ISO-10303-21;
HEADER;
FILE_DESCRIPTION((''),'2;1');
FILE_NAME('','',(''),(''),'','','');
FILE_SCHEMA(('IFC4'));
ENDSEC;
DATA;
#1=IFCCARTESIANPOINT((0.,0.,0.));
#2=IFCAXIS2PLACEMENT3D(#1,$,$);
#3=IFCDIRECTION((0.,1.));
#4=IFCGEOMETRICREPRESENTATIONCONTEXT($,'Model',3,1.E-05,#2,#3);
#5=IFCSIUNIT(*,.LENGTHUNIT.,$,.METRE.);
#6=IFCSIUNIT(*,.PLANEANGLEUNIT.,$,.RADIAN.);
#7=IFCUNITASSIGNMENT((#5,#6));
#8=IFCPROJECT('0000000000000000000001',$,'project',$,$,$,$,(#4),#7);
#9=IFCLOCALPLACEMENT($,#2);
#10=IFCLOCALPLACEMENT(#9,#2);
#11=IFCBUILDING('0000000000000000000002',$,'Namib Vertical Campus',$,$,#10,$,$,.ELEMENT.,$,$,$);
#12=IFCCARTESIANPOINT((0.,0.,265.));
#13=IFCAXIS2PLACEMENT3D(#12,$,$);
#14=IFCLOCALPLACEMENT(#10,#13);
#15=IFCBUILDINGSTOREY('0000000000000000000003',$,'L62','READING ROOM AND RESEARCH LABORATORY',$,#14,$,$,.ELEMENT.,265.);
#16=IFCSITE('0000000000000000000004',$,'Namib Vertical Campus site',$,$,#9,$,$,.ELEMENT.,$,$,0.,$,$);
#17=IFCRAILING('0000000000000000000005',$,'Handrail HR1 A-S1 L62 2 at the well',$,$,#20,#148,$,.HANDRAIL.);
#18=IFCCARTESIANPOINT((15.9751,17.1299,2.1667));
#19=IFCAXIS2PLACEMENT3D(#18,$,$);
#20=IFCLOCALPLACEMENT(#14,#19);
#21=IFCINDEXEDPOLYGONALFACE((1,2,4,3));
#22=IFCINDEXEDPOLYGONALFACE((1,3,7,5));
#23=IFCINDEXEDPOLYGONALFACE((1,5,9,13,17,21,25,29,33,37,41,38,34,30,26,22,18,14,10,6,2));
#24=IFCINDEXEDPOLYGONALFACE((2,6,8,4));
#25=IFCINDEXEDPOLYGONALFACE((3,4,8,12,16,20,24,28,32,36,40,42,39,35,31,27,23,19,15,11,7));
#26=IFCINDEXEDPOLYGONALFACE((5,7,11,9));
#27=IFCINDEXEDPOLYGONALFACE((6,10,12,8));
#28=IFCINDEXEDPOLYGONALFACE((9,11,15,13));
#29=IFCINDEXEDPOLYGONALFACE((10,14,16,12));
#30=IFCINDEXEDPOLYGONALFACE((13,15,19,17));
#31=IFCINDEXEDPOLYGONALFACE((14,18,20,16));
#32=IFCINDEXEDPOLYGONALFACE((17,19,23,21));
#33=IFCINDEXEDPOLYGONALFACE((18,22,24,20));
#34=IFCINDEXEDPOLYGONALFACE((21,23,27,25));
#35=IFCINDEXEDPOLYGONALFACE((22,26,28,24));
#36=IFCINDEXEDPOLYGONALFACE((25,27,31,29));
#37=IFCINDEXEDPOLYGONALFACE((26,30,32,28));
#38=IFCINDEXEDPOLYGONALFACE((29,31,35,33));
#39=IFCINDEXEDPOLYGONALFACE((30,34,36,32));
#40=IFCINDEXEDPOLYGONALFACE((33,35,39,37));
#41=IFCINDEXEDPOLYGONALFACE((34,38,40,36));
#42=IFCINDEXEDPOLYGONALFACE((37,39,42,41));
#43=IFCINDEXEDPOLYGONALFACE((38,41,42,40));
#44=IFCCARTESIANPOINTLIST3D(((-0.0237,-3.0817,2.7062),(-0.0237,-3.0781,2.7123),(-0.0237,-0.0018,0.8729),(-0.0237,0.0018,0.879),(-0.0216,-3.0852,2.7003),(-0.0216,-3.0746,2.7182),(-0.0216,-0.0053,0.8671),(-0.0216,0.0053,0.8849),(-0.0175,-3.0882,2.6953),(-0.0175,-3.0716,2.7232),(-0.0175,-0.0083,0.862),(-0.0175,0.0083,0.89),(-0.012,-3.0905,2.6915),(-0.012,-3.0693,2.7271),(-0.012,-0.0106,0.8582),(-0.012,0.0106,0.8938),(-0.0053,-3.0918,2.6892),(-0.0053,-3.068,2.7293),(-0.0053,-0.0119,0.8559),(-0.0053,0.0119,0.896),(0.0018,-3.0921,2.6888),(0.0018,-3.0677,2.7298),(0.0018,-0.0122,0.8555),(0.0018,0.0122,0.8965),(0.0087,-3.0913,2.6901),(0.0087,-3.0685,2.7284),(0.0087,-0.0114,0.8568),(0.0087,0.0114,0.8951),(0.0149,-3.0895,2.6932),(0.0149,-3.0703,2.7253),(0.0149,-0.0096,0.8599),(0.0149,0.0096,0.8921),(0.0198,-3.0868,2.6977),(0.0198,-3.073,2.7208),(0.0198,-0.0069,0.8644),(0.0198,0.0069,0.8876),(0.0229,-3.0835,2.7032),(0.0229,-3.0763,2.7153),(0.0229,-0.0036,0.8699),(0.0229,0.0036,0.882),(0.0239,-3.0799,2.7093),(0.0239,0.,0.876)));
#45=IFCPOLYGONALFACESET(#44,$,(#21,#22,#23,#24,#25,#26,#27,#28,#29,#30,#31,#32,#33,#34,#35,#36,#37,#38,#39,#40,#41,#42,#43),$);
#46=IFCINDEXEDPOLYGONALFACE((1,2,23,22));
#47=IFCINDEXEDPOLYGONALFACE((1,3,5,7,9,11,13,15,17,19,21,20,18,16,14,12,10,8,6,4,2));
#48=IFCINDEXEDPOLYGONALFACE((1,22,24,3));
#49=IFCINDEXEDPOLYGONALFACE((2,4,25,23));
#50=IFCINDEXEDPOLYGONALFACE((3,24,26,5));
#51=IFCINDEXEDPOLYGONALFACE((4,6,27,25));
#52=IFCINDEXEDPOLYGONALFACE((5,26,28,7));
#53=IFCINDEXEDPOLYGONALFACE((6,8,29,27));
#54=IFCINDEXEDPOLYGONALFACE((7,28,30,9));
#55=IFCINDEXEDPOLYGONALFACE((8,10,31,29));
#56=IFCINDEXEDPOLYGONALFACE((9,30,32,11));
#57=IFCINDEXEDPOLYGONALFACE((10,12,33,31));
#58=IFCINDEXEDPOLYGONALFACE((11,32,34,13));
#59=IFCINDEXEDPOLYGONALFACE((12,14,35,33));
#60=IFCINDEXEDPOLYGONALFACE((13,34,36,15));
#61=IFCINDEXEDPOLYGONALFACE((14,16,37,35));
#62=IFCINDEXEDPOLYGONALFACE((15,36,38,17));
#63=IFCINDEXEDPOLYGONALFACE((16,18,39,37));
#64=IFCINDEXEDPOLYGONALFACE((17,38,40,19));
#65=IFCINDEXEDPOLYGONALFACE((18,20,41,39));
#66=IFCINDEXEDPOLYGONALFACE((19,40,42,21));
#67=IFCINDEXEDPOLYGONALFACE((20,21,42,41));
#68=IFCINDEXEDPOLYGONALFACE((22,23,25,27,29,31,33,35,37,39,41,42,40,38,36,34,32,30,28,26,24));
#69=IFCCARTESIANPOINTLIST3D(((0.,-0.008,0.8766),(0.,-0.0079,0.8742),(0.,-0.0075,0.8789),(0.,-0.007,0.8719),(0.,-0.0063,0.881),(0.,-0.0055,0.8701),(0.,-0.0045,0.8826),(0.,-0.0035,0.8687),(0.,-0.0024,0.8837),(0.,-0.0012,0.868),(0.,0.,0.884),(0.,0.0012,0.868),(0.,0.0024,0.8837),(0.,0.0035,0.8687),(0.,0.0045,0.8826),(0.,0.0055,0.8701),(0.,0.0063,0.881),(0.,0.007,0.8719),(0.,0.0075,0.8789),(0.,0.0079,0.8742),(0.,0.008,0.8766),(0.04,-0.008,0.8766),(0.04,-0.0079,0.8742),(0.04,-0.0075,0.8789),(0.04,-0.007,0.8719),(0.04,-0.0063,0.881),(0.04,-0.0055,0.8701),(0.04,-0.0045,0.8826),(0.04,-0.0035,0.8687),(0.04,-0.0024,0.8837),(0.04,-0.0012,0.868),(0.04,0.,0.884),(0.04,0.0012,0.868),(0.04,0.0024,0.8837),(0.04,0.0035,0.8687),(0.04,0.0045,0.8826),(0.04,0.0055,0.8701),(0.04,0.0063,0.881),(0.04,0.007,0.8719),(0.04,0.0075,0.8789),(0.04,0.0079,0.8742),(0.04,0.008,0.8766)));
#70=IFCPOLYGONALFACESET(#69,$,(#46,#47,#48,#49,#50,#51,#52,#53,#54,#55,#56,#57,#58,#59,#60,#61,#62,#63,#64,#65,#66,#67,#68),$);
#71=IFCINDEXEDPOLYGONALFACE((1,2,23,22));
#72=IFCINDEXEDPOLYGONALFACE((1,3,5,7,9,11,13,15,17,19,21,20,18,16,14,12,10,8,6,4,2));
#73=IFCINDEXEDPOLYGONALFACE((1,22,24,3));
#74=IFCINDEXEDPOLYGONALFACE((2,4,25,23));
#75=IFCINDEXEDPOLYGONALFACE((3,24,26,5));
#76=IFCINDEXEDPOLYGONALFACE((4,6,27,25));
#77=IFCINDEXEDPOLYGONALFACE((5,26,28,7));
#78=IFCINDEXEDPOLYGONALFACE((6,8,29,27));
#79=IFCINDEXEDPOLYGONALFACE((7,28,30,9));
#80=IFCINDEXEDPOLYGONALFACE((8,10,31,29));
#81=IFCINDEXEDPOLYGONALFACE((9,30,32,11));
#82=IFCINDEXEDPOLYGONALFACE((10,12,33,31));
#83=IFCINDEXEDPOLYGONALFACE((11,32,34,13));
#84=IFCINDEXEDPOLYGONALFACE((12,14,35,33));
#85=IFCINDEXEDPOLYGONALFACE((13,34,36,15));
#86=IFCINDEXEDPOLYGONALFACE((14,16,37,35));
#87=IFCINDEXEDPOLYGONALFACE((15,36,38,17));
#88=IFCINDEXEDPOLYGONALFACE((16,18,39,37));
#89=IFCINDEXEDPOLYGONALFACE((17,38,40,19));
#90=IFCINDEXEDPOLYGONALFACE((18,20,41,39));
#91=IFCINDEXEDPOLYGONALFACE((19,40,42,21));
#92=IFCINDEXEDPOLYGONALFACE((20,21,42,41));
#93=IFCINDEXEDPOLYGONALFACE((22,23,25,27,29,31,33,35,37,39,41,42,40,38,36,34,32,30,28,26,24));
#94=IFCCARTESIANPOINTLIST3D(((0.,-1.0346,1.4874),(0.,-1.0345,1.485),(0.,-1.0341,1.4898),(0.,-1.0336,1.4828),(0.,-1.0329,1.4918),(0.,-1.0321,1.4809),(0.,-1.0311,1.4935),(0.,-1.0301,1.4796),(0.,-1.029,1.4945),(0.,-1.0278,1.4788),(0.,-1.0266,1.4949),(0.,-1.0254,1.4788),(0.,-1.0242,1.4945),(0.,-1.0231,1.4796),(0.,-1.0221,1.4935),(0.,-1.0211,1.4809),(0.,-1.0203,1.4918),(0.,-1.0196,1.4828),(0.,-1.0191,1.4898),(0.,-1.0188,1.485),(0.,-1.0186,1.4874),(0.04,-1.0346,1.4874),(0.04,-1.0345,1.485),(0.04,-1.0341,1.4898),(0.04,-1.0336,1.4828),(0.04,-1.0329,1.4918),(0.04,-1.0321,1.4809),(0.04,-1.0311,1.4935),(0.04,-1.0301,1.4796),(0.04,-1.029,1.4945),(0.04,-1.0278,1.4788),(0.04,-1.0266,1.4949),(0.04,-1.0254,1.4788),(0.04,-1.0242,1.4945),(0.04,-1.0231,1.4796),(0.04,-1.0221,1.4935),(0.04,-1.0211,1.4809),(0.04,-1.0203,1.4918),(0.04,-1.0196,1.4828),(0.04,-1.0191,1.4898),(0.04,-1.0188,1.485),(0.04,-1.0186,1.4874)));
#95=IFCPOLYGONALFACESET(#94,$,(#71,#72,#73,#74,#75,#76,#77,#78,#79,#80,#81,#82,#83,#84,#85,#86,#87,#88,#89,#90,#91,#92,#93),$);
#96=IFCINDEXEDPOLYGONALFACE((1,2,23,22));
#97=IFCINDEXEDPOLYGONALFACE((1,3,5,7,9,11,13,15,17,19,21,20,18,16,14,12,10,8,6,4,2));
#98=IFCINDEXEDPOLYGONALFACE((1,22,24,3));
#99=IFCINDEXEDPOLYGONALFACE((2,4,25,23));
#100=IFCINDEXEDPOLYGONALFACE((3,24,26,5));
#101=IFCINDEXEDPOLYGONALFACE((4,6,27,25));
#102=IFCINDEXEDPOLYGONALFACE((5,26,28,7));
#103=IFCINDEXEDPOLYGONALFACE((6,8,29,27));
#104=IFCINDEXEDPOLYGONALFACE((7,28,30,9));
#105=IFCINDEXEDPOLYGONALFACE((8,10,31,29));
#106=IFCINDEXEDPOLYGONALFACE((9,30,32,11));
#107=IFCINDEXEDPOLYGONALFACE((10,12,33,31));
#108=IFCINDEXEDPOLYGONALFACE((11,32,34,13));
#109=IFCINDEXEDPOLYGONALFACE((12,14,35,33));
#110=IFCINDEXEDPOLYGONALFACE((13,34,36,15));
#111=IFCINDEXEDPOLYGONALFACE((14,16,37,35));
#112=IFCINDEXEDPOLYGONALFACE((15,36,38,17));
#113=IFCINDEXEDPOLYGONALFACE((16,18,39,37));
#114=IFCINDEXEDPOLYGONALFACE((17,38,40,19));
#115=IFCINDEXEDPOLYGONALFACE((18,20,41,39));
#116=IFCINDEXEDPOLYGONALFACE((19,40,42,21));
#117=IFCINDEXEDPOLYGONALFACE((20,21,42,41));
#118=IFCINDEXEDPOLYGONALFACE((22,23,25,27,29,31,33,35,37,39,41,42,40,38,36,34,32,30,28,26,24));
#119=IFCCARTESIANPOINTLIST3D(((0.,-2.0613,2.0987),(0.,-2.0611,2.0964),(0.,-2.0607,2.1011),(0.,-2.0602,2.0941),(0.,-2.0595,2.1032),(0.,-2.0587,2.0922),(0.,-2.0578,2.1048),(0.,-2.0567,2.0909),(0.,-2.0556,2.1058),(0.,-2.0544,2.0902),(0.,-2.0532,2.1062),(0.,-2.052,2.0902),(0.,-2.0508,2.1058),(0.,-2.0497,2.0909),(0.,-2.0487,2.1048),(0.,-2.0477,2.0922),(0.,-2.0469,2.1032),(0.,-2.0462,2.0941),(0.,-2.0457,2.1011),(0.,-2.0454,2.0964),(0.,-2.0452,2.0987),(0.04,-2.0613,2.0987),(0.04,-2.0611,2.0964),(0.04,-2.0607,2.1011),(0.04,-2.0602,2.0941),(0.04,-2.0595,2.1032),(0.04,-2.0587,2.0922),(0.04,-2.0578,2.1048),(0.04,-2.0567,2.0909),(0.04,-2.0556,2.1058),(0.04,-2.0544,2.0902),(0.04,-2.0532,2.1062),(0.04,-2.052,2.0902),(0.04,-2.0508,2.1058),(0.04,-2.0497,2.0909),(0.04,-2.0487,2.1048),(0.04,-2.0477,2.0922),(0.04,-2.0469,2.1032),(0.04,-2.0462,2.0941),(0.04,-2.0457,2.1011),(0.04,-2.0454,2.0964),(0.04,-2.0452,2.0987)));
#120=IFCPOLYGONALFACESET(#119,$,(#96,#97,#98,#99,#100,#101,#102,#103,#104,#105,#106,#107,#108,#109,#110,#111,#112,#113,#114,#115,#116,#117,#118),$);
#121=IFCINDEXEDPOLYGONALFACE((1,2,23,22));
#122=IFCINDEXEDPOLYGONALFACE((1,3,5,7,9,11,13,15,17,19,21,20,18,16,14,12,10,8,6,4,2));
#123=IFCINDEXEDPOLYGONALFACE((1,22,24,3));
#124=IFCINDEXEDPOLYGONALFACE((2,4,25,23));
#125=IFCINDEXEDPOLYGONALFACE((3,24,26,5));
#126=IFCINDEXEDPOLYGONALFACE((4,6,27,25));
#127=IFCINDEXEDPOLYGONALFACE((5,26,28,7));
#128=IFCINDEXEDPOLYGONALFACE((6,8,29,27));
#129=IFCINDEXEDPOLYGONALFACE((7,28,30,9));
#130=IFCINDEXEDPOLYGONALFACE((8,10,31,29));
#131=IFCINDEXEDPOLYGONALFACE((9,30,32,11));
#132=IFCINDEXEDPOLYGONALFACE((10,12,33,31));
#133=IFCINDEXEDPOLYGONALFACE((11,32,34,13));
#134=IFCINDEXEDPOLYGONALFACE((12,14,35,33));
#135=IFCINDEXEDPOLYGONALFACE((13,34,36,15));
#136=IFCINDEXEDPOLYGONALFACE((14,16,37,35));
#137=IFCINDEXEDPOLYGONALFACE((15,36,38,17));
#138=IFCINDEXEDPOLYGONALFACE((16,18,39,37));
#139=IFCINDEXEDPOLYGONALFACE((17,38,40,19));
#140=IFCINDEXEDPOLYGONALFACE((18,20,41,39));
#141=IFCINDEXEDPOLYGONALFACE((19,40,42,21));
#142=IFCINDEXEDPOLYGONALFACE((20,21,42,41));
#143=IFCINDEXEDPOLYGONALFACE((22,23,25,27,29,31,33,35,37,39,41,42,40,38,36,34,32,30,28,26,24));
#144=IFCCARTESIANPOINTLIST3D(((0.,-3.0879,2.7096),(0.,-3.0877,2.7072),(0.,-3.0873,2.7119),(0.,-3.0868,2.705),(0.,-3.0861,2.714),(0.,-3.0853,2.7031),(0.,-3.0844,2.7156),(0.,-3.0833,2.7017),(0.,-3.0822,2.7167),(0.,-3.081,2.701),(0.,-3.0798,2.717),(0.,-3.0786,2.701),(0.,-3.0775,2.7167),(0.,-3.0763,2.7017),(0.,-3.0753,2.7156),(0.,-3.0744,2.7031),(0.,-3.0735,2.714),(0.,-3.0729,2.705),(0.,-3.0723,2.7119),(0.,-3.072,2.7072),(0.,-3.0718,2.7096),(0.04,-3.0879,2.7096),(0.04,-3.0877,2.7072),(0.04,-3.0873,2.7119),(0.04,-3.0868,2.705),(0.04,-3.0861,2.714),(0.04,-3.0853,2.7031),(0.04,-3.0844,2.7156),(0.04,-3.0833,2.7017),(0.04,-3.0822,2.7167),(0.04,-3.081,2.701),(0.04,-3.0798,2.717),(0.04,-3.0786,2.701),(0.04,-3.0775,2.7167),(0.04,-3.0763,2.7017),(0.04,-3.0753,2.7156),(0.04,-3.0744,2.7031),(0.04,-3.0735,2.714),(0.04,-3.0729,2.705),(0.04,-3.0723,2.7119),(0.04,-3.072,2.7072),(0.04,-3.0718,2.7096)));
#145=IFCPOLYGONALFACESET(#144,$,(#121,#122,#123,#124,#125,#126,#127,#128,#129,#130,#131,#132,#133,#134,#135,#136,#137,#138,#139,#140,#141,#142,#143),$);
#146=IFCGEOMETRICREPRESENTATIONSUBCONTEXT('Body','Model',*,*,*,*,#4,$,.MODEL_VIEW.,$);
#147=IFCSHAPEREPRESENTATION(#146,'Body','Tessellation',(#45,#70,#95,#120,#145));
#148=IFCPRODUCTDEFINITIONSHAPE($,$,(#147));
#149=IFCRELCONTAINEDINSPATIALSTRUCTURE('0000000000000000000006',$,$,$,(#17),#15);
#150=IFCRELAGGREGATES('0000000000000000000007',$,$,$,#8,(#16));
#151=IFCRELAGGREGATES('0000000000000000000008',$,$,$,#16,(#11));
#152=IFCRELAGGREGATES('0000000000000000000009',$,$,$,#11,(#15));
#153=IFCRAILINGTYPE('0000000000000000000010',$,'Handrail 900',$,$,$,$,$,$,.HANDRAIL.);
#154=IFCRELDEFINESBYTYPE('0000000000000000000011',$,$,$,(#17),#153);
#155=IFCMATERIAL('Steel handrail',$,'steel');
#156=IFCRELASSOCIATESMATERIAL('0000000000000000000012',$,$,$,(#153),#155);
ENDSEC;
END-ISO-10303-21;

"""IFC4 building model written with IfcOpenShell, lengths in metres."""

from ifc_helpers import new_model, si_unit, direction, frame, origin, origin_2d, place, context, subcontext, project, spatial, circle, extrude, material, type_object, element, save


model = new_model("IFC4")

# Units and contexts
model_context = context("Model", 3, precision=1e-05, world=origin(), true_north=direction((0.0, 1.0)))
body_context = subcontext(model_context, "Body", "Model", "MODEL_VIEW")
ifc_project = project(units=[si_unit("LENGTHUNIT", "METRE"), si_unit("PLANEANGLEUNIT", "RADIAN")], contexts=[model_context])

# Site, building, storey
site_placement = place(None, origin())
site = spatial("IfcSite", under=ifc_project, at=site_placement, Name="Namib Vertical Campus site", CompositionType="ELEMENT", RefElevation=0.0)
building_placement = place(site_placement, origin())
building = spatial("IfcBuilding", under=site, at=building_placement, Name="Namib Vertical Campus", CompositionType="ELEMENT")
storey_placement = place(building_placement, frame((0.0, 0.0, 265.0)))
storey = spatial("IfcBuildingStorey", under=building, at=storey_placement, Name="L62", Description="READING ROOM AND RESEARCH LABORATORY", CompositionType="ELEMENT", Elevation=265.0)

# Railing
ifc_material_1 = material(Name="Steel handrail", Category="steel")
railing_type = type_object("IfcRailingType", Name="Handrail 900", PredefinedType="HANDRAIL", material=ifc_material_1)
railing_placement = place(storey_placement, frame((15.9751, 17.1299, 2.1667)))
element("IfcRailing", 1, at=railing_placement, inside=storey, type_object=railing_type, Name="Handrail HR1 A-S1 L62 2 at the well", PredefinedType="HANDRAIL", context=body_context, shape_type="SweptSolid", body=[
    extrude(circle(Radius=0.0239, at=origin_2d()), frame((0.0, 0.0, 0.876), z_axis=(0.0, -0.859291, 0.511487), x_axis=(1.0, 0.0, 0.0)), (0.0, 0.0, 1.0), 3.5842),
    extrude(circle(Radius=0.0081, at=origin_2d()), frame((0.0, 0.0, 0.876), z_axis=(1.0, 0.0, 0.0), x_axis=(0.0, 0.0, 1.0)), (0.0, 0.0, 1.0), 0.04),
    extrude(circle(Radius=0.0081, at=origin_2d()), frame((0.0, -1.0266, 1.4868), z_axis=(1.0, 0.0, 0.0), x_axis=(0.0, 0.0, 1.0)), (0.0, 0.0, 1.0), 0.04),
    extrude(circle(Radius=0.0081, at=origin_2d()), frame((0.0, -2.0532, 2.0981), z_axis=(1.0, 0.0, 0.0), x_axis=(0.0, 0.0, 1.0)), (0.0, 0.0, 1.0), 0.04),
    extrude(circle(Radius=0.0081, at=origin_2d()), frame((0.0, -3.0798, 2.709), z_axis=(1.0, 0.0, 0.0), x_axis=(0.0, 0.0, 1.0)), (0.0, 0.0, 1.0), 0.04),
])

save(model, "model.ifc")
